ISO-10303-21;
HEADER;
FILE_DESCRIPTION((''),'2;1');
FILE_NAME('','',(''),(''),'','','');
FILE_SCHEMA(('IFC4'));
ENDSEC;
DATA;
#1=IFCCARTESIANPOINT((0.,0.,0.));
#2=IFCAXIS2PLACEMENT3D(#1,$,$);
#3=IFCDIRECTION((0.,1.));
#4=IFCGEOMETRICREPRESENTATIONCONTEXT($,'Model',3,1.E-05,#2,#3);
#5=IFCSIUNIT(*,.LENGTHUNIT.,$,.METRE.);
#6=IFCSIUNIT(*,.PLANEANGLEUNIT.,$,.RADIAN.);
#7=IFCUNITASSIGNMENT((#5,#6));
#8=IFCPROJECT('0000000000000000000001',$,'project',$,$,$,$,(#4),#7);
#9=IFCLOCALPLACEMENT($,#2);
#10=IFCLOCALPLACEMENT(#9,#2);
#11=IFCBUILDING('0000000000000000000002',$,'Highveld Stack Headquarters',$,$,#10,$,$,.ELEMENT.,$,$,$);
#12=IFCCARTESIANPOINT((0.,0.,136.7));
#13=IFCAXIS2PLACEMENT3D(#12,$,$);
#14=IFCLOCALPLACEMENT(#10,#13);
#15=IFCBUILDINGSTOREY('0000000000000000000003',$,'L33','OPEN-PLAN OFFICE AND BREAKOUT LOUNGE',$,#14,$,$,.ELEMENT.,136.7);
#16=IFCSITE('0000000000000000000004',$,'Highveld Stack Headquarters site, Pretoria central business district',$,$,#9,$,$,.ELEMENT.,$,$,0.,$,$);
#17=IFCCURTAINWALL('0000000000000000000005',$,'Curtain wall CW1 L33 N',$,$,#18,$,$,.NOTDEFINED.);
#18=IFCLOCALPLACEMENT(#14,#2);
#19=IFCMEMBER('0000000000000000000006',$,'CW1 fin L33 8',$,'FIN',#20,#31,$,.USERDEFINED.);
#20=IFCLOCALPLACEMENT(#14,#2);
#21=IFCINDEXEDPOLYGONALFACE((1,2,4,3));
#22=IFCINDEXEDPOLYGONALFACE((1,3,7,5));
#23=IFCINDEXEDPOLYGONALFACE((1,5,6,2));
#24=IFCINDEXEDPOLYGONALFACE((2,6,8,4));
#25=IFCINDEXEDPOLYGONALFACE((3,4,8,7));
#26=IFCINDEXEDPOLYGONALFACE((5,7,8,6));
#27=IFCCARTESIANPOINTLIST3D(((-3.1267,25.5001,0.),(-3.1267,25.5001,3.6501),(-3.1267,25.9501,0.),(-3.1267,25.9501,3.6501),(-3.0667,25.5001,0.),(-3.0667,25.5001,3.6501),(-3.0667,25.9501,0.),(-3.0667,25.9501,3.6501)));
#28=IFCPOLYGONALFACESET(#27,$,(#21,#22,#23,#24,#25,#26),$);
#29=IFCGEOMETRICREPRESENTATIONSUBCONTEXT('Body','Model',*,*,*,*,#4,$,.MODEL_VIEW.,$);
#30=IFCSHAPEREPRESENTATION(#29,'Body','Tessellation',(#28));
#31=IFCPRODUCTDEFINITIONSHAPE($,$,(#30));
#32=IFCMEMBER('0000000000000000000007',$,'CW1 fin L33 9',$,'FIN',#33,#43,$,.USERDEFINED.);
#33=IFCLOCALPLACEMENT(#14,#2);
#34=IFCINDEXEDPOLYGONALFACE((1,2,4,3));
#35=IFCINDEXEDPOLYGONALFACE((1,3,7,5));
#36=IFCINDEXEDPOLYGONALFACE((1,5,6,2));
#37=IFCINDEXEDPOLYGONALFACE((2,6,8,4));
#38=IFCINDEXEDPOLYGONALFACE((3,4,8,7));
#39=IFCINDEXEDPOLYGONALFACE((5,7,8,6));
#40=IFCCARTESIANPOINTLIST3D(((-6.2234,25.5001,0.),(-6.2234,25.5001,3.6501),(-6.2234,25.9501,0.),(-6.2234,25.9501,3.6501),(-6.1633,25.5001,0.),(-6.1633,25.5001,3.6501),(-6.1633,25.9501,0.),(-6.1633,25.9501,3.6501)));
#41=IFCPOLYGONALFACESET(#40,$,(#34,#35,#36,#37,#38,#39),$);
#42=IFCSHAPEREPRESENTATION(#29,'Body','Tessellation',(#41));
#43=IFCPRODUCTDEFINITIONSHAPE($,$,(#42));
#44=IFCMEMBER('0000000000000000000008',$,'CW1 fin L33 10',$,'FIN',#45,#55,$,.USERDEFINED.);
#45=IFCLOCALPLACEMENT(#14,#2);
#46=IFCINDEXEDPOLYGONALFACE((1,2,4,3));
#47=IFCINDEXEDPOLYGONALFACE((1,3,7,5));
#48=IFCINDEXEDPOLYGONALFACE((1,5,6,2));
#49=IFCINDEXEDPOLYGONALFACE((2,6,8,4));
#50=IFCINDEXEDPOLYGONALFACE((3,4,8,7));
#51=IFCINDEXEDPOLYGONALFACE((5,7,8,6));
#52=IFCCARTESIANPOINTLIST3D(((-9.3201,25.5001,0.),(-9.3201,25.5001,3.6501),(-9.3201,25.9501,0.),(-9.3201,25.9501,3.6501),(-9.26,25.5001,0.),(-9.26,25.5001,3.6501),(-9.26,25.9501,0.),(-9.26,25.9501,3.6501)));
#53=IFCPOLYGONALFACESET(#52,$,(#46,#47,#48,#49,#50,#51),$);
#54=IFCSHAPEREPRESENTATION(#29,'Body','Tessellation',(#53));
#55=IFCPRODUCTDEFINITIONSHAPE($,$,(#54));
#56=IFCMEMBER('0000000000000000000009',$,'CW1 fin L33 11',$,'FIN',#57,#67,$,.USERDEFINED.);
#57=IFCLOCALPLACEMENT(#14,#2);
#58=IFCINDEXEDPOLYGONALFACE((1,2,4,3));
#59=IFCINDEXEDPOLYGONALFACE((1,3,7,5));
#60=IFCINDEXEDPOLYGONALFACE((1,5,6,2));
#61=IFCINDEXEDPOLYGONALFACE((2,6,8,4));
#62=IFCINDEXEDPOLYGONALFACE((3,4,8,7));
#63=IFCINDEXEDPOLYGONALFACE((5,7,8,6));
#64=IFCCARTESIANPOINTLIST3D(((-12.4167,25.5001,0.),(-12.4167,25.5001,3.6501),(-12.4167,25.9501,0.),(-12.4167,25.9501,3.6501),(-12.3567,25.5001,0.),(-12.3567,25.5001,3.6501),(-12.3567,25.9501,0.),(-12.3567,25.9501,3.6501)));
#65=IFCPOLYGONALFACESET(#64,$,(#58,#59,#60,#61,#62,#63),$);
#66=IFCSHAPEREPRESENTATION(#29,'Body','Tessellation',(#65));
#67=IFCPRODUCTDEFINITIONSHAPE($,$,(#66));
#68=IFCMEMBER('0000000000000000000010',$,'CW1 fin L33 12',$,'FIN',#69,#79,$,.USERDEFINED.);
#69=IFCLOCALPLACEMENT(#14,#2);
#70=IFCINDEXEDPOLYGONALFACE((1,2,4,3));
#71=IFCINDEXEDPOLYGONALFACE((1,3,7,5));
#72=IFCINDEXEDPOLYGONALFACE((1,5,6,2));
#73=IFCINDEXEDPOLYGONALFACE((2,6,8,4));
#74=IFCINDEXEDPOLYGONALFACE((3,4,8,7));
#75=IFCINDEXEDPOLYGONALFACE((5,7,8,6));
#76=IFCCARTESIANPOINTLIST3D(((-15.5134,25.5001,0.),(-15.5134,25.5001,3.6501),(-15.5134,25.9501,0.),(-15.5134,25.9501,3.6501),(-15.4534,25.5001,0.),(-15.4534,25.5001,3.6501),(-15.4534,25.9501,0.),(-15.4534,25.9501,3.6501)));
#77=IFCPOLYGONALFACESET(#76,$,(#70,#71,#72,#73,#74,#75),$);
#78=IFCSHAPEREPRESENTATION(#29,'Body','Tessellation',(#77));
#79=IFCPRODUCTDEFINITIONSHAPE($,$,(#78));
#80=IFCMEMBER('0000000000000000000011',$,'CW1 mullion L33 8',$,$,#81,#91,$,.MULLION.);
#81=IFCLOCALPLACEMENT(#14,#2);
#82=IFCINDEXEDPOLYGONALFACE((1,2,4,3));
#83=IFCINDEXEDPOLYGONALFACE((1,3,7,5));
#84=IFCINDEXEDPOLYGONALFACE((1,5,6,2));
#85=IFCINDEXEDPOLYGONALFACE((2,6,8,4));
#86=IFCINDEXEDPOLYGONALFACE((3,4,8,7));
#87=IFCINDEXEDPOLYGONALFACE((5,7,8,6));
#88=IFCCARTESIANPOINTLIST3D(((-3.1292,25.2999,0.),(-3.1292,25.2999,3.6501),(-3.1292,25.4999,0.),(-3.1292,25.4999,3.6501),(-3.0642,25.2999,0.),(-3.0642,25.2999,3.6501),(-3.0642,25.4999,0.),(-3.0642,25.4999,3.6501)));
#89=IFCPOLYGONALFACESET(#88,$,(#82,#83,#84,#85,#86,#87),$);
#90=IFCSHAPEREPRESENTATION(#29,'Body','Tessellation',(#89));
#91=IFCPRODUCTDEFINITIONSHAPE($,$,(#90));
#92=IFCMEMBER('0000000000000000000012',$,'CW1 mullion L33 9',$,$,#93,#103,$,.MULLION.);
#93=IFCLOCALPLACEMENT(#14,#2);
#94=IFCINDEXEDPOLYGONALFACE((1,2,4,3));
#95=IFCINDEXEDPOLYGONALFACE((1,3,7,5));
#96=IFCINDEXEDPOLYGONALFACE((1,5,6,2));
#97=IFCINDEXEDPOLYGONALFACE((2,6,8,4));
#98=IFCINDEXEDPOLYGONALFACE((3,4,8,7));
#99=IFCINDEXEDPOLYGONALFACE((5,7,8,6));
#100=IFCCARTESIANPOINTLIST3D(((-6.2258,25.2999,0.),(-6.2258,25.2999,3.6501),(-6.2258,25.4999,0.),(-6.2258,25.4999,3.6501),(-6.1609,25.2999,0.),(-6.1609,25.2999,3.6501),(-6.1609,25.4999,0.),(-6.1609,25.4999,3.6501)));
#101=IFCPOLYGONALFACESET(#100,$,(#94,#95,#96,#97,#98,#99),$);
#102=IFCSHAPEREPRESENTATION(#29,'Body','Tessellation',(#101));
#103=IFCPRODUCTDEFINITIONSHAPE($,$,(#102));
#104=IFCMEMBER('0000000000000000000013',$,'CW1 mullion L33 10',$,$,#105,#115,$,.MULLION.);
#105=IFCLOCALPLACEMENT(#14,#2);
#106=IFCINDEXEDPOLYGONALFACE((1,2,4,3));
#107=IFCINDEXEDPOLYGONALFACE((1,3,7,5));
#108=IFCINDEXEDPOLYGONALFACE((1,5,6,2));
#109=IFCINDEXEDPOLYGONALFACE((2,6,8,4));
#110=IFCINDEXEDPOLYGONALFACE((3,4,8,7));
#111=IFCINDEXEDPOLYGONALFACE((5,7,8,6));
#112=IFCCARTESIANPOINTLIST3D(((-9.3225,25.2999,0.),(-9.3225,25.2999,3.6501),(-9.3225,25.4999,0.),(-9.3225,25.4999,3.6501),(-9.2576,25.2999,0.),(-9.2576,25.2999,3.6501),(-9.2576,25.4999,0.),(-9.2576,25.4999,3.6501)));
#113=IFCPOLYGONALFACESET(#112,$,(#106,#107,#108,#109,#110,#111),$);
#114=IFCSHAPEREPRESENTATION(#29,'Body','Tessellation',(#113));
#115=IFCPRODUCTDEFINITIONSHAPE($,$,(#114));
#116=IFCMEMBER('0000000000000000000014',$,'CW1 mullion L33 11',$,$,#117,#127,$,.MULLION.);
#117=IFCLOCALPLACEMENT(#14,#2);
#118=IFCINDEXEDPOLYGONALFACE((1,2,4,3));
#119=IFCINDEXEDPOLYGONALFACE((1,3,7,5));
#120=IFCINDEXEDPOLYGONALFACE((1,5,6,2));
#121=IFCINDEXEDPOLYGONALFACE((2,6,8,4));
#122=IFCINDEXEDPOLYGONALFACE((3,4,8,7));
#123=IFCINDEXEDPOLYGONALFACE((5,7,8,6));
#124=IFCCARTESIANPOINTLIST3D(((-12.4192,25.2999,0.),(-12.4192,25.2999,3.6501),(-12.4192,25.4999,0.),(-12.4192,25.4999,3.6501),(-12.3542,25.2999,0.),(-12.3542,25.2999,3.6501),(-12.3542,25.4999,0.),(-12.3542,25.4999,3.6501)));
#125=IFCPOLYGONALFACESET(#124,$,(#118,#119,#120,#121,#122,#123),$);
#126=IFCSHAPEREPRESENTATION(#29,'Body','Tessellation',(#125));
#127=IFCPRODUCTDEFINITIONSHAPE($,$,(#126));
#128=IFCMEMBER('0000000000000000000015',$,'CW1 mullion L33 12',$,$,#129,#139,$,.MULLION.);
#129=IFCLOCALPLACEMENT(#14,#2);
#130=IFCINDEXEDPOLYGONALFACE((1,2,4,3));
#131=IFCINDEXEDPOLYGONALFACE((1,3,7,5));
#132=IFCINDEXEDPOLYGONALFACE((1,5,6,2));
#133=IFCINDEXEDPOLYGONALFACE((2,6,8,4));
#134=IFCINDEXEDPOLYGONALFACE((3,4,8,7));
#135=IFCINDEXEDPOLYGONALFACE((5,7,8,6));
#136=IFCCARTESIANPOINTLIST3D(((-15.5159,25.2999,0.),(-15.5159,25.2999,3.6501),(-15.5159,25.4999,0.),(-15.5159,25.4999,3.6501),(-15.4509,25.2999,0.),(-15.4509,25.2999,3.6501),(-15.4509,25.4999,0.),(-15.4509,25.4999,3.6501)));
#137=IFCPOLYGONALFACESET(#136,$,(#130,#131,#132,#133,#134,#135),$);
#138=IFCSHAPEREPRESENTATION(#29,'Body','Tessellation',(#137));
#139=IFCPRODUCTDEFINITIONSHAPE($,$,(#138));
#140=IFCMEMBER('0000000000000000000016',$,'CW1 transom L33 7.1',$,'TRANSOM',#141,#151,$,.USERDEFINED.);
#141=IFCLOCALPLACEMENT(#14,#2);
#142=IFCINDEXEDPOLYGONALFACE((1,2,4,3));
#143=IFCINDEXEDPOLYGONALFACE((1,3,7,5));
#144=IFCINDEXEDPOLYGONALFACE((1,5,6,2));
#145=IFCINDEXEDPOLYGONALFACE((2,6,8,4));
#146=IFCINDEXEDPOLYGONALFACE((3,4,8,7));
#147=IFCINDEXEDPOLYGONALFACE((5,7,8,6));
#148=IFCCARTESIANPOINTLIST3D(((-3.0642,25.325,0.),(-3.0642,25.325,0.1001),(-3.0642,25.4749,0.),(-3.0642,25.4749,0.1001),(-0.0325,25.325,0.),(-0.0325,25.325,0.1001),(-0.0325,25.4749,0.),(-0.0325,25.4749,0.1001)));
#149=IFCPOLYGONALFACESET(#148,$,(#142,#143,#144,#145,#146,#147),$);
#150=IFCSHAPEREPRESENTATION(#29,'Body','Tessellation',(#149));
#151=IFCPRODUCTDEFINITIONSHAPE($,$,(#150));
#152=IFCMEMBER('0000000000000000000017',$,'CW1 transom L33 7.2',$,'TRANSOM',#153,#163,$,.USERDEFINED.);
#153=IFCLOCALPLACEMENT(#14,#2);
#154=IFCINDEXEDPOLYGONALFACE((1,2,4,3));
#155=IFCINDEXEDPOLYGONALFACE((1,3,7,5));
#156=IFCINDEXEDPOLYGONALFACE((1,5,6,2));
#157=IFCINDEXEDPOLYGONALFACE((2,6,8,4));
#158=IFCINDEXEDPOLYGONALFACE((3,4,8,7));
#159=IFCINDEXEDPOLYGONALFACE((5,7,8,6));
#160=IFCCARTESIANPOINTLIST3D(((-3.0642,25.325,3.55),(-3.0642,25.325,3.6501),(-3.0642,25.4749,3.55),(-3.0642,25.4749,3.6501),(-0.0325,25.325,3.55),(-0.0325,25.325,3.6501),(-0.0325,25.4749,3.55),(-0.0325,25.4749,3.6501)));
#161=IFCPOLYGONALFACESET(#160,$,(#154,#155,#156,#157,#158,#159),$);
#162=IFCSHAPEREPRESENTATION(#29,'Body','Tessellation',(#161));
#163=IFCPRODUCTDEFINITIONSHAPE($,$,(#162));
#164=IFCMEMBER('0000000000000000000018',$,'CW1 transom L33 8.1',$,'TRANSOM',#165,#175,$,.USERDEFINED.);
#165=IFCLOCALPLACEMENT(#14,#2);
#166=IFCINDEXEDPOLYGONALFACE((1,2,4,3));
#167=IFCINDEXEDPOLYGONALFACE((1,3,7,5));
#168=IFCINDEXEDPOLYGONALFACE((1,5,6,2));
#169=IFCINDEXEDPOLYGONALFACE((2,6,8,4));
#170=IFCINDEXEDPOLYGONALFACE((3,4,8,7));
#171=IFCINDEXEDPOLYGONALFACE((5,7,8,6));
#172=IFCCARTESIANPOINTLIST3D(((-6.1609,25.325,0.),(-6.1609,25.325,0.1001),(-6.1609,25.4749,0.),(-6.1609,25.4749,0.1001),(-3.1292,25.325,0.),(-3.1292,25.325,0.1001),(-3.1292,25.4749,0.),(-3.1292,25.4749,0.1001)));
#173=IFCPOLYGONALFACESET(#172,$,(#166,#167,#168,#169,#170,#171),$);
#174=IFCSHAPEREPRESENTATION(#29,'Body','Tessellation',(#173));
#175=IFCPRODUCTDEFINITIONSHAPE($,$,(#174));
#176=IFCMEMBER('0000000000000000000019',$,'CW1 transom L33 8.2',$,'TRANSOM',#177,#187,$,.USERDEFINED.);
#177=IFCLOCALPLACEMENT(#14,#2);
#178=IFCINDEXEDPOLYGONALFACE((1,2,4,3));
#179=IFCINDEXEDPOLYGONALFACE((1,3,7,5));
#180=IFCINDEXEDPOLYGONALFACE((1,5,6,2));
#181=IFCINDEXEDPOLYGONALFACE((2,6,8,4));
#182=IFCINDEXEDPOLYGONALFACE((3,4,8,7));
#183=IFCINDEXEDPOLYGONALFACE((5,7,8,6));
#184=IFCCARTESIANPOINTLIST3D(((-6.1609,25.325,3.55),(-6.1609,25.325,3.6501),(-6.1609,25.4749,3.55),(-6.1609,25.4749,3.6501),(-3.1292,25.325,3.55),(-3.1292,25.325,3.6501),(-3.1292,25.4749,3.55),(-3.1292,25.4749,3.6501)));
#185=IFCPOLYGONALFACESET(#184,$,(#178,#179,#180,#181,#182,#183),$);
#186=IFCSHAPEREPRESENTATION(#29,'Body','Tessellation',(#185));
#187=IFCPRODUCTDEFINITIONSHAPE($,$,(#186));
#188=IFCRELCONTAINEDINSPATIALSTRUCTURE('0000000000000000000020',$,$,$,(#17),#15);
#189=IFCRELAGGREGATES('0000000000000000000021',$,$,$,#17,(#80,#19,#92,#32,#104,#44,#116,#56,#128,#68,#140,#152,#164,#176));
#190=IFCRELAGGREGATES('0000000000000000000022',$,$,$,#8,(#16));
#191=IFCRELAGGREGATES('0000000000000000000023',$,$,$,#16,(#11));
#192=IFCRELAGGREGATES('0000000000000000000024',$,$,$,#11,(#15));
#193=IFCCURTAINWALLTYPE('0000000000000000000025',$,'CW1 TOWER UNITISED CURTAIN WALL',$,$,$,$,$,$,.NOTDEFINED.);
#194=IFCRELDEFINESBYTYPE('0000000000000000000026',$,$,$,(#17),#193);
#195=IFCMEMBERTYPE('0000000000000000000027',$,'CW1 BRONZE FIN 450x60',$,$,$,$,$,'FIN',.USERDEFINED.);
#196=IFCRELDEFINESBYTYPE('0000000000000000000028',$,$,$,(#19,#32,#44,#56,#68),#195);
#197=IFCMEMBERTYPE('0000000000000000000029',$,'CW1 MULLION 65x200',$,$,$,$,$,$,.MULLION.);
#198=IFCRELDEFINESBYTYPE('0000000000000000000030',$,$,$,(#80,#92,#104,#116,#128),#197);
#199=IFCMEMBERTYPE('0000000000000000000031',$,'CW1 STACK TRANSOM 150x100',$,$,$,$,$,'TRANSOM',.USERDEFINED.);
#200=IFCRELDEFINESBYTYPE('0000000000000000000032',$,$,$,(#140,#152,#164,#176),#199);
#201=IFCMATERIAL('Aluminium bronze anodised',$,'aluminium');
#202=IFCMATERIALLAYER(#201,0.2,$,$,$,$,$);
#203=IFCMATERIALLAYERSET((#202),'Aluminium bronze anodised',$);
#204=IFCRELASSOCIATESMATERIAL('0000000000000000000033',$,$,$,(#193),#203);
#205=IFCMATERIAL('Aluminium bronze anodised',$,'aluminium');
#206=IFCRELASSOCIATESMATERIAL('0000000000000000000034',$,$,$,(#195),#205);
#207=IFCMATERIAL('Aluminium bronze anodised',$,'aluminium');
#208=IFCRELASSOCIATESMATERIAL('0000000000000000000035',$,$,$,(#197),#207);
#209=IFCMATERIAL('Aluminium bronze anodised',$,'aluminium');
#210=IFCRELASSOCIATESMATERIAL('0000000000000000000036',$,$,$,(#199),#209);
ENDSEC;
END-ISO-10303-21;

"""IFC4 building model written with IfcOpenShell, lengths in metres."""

from ifc_helpers import new_model, si_unit, direction, frame, origin, origin_2d, place, context, subcontext, project, spatial, rectangle, extrude, material, layer, layer_set, material_profile, profile_set, type_object, element, aggregate, save


model = new_model("IFC4")

# Units and contexts
model_context = context("Model", 3, precision=1e-05, world=origin(), true_north=direction((0.0, 1.0)))
body_context = subcontext(model_context, "Body", "Model", "MODEL_VIEW")
ifc_project = project(units=[si_unit("LENGTHUNIT", "METRE"), si_unit("PLANEANGLEUNIT", "RADIAN")], contexts=[model_context])

# Site, building, storey
site_placement = place(None, origin())
site = spatial("IfcSite", under=ifc_project, at=site_placement, Name="Highveld Stack Headquarters site, Pretoria central business district", CompositionType="ELEMENT", RefElevation=0.0)
building_placement = place(site_placement, origin())
building = spatial("IfcBuilding", under=site, at=building_placement, Name="Highveld Stack Headquarters", CompositionType="ELEMENT")
storey_placement = place(building_placement, frame((0.0, 0.0, 136.7)))
storey = spatial("IfcBuildingStorey", under=building, at=storey_placement, Name="L33", Description="OPEN-PLAN OFFICE AND BREAKOUT LOUNGE", CompositionType="ELEMENT", Elevation=136.7)

# Curtain wall, members
ifc_material_1 = material(Name="Aluminium bronze anodised", Category="aluminium")
ifc_layer_1 = layer(ifc_material_1, 0.2)
ifc_layer_set_1 = layer_set([ifc_layer_1], Name="Aluminium bronze anodised")
curtain_wall_type = type_object("IfcCurtainWallType", Name="CW1 TOWER UNITISED CURTAIN WALL", PredefinedType="NOTDEFINED", material=ifc_layer_set_1)
curtain_wall_placement = place(storey_placement, origin())
curtain_wall = element("IfcCurtainWall", 1, at=curtain_wall_placement, inside=storey, type_object=curtain_wall_type, Name="Curtain wall CW1 L33 N", PredefinedType="NOTDEFINED")
ifc_material_2 = material(Name="Aluminium bronze anodised", Category="aluminium")
ifc_material_profile_1 = material_profile(ifc_material_2, rectangle(XDim=0.45, YDim=0.0601, at=origin_2d()), Name="FIN 450x60")
ifc_profile_set_1 = profile_set([ifc_material_profile_1], Name="Aluminium bronze anodised")
member_type_1 = type_object("IfcMemberType", Name="CW1 BRONZE FIN 450x60", ElementType="FIN", PredefinedType="USERDEFINED", material=ifc_profile_set_1)
member_1_placement = place(storey_placement, frame((-3.0967, 25.7251, 0.0), z_axis=(0.0, 0.0, 1.0), x_axis=(0.0, -1.0, 0.0)))
member_1 = element("IfcMember", 2, at=member_1_placement, type_object=member_type_1, Name="CW1 fin L33 8", ObjectType="FIN", PredefinedType="USERDEFINED", context=body_context, shape_type="SweptSolid", body=[
    extrude(rectangle(XDim=0.45, YDim=0.0601, at=origin_2d()), origin(), (0.0, 0.0, 1.0), 3.6501),
])
member_2_placement = place(storey_placement, frame((-6.1934, 25.7251, 0.0), z_axis=(0.0, 0.0, 1.0), x_axis=(0.0, -1.0, 0.0)))
member_2 = element("IfcMember", 3, at=member_2_placement, type_object=member_type_1, Name="CW1 fin L33 9", ObjectType="FIN", PredefinedType="USERDEFINED", context=body_context, shape_type="SweptSolid", body=[
    extrude(rectangle(XDim=0.45, YDim=0.0601, at=origin_2d()), origin(), (0.0, 0.0, 1.0), 3.6501),
])
member_3_placement = place(storey_placement, frame((-9.29, 25.7251, 0.0), z_axis=(0.0, 0.0, 1.0), x_axis=(0.0, -1.0, 0.0)))
member_3 = element("IfcMember", 4, at=member_3_placement, type_object=member_type_1, Name="CW1 fin L33 10", ObjectType="FIN", PredefinedType="USERDEFINED", context=body_context, shape_type="SweptSolid", body=[
    extrude(rectangle(XDim=0.45, YDim=0.0601, at=origin_2d()), origin(), (0.0, 0.0, 1.0), 3.6501),
])
member_4_placement = place(storey_placement, frame((-12.3867, 25.7251, 0.0), z_axis=(0.0, 0.0, 1.0), x_axis=(0.0, -1.0, 0.0)))
member_4 = element("IfcMember", 5, at=member_4_placement, type_object=member_type_1, Name="CW1 fin L33 11", ObjectType="FIN", PredefinedType="USERDEFINED", context=body_context, shape_type="SweptSolid", body=[
    extrude(rectangle(XDim=0.45, YDim=0.0601, at=origin_2d()), origin(), (0.0, 0.0, 1.0), 3.6501),
])
member_5_placement = place(storey_placement, frame((-15.4834, 25.7251, 0.0), z_axis=(0.0, 0.0, 1.0), x_axis=(0.0, -1.0, 0.0)))
member_5 = element("IfcMember", 6, at=member_5_placement, type_object=member_type_1, Name="CW1 fin L33 12", ObjectType="FIN", PredefinedType="USERDEFINED", context=body_context, shape_type="SweptSolid", body=[
    extrude(rectangle(XDim=0.45, YDim=0.0601, at=origin_2d()), origin(), (0.0, 0.0, 1.0), 3.6501),
])
ifc_material_3 = material(Name="Aluminium bronze anodised", Category="aluminium")
ifc_material_profile_2 = material_profile(ifc_material_3, rectangle(XDim=0.2, YDim=0.0649, at=origin_2d()), Name="CW1 MULLION 65x200")
ifc_profile_set_2 = profile_set([ifc_material_profile_2], Name="Aluminium bronze anodised")
member_type_2 = type_object("IfcMemberType", Name="CW1 MULLION 65x200", PredefinedType="MULLION", material=ifc_profile_set_2)
member_6_placement = place(storey_placement, frame((-3.0967, 25.3999, 0.0), z_axis=(0.0, 0.0, 1.0), x_axis=(0.0, -1.0, 0.0)))
member_6 = element("IfcMember", 7, at=member_6_placement, type_object=member_type_2, Name="CW1 mullion L33 8", PredefinedType="MULLION", context=body_context, shape_type="SweptSolid", body=[
    extrude(rectangle(XDim=0.2, YDim=0.0649, at=origin_2d()), origin(), (0.0, 0.0, 1.0), 3.6501),
])
member_7_placement = place(storey_placement, frame((-6.1934, 25.3999, 0.0), z_axis=(0.0, 0.0, 1.0), x_axis=(0.0, -1.0, 0.0)))
member_7 = element("IfcMember", 8, at=member_7_placement, type_object=member_type_2, Name="CW1 mullion L33 9", PredefinedType="MULLION", context=body_context, shape_type="SweptSolid", body=[
    extrude(rectangle(XDim=0.2, YDim=0.0649, at=origin_2d()), origin(), (0.0, 0.0, 1.0), 3.6501),
])
member_8_placement = place(storey_placement, frame((-9.29, 25.3999, 0.0), z_axis=(0.0, 0.0, 1.0), x_axis=(0.0, -1.0, 0.0)))
member_8 = element("IfcMember", 9, at=member_8_placement, type_object=member_type_2, Name="CW1 mullion L33 10", PredefinedType="MULLION", context=body_context, shape_type="SweptSolid", body=[
    extrude(rectangle(XDim=0.2, YDim=0.0649, at=origin_2d()), origin(), (0.0, 0.0, 1.0), 3.6501),
])
member_9_placement = place(storey_placement, frame((-12.3867, 25.3999, 0.0), z_axis=(0.0, 0.0, 1.0), x_axis=(0.0, -1.0, 0.0)))
member_9 = element("IfcMember", 10, at=member_9_placement, type_object=member_type_2, Name="CW1 mullion L33 11", PredefinedType="MULLION", context=body_context, shape_type="SweptSolid", body=[
    extrude(rectangle(XDim=0.2, YDim=0.0649, at=origin_2d()), origin(), (0.0, 0.0, 1.0), 3.6501),
])
member_10_placement = place(storey_placement, frame((-15.4834, 25.3999, 0.0), z_axis=(0.0, 0.0, 1.0), x_axis=(0.0, -1.0, 0.0)))
member_10 = element("IfcMember", 11, at=member_10_placement, type_object=member_type_2, Name="CW1 mullion L33 12", PredefinedType="MULLION", context=body_context, shape_type="SweptSolid", body=[
    extrude(rectangle(XDim=0.2, YDim=0.0649, at=origin_2d()), origin(), (0.0, 0.0, 1.0), 3.6501),
])
ifc_material_4 = material(Name="Aluminium bronze anodised", Category="aluminium")
ifc_material_profile_3 = material_profile(ifc_material_4, rectangle(XDim=0.1499, YDim=0.1001, at=origin_2d()), Name="CW1 TRANSOM 150x100")
ifc_profile_set_3 = profile_set([ifc_material_profile_3], Name="Aluminium bronze anodised")
member_type_3 = type_object("IfcMemberType", Name="CW1 STACK TRANSOM 150x100", ElementType="TRANSOM", PredefinedType="USERDEFINED", material=ifc_profile_set_3)
member_11_placement = place(storey_placement, frame((-0.0325, 25.3999, 0.05), z_axis=(-1.0, 0.0, 0.0), x_axis=(0.0, -1.0, 0.0)))
member_11 = element("IfcMember", 12, at=member_11_placement, type_object=member_type_3, Name="CW1 transom L33 7.1", ObjectType="TRANSOM", PredefinedType="USERDEFINED", context=body_context, shape_type="SweptSolid", body=[
    extrude(rectangle(XDim=0.1499, YDim=0.1001, at=origin_2d()), origin(), (0.0, 0.0, 1.0), 3.0317),
])
member_12_placement = place(storey_placement, frame((-0.0325, 25.3999, 3.6001), z_axis=(-1.0, 0.0, 0.0), x_axis=(0.0, -1.0, 0.0)))
member_12 = element("IfcMember", 13, at=member_12_placement, type_object=member_type_3, Name="CW1 transom L33 7.2", ObjectType="TRANSOM", PredefinedType="USERDEFINED", context=body_context, shape_type="SweptSolid", body=[
    extrude(rectangle(XDim=0.1499, YDim=0.1001, at=origin_2d()), origin(), (0.0, 0.0, 1.0), 3.0317),
])
member_13_placement = place(storey_placement, frame((-3.1292, 25.3999, 0.05), z_axis=(-1.0, 0.0, 0.0), x_axis=(0.0, -1.0, 0.0)))
member_13 = element("IfcMember", 14, at=member_13_placement, type_object=member_type_3, Name="CW1 transom L33 8.1", ObjectType="TRANSOM", PredefinedType="USERDEFINED", context=body_context, shape_type="SweptSolid", body=[
    extrude(rectangle(XDim=0.1499, YDim=0.1001, at=origin_2d()), origin(), (0.0, 0.0, 1.0), 3.0317),
])
member_14_placement = place(storey_placement, frame((-3.1292, 25.3999, 3.6001), z_axis=(-1.0, 0.0, 0.0), x_axis=(0.0, -1.0, 0.0)))
member_14 = element("IfcMember", 15, at=member_14_placement, type_object=member_type_3, Name="CW1 transom L33 8.2", ObjectType="TRANSOM", PredefinedType="USERDEFINED", context=body_context, shape_type="SweptSolid", body=[
    extrude(rectangle(XDim=0.1499, YDim=0.1001, at=origin_2d()), origin(), (0.0, 0.0, 1.0), 3.0317),
])
aggregate(curtain_wall, [member_6, member_1, member_7, member_2, member_8, member_3, member_9, member_4, member_10, member_5, member_11, member_12, member_13, member_14])

save(model, "model.ifc")
